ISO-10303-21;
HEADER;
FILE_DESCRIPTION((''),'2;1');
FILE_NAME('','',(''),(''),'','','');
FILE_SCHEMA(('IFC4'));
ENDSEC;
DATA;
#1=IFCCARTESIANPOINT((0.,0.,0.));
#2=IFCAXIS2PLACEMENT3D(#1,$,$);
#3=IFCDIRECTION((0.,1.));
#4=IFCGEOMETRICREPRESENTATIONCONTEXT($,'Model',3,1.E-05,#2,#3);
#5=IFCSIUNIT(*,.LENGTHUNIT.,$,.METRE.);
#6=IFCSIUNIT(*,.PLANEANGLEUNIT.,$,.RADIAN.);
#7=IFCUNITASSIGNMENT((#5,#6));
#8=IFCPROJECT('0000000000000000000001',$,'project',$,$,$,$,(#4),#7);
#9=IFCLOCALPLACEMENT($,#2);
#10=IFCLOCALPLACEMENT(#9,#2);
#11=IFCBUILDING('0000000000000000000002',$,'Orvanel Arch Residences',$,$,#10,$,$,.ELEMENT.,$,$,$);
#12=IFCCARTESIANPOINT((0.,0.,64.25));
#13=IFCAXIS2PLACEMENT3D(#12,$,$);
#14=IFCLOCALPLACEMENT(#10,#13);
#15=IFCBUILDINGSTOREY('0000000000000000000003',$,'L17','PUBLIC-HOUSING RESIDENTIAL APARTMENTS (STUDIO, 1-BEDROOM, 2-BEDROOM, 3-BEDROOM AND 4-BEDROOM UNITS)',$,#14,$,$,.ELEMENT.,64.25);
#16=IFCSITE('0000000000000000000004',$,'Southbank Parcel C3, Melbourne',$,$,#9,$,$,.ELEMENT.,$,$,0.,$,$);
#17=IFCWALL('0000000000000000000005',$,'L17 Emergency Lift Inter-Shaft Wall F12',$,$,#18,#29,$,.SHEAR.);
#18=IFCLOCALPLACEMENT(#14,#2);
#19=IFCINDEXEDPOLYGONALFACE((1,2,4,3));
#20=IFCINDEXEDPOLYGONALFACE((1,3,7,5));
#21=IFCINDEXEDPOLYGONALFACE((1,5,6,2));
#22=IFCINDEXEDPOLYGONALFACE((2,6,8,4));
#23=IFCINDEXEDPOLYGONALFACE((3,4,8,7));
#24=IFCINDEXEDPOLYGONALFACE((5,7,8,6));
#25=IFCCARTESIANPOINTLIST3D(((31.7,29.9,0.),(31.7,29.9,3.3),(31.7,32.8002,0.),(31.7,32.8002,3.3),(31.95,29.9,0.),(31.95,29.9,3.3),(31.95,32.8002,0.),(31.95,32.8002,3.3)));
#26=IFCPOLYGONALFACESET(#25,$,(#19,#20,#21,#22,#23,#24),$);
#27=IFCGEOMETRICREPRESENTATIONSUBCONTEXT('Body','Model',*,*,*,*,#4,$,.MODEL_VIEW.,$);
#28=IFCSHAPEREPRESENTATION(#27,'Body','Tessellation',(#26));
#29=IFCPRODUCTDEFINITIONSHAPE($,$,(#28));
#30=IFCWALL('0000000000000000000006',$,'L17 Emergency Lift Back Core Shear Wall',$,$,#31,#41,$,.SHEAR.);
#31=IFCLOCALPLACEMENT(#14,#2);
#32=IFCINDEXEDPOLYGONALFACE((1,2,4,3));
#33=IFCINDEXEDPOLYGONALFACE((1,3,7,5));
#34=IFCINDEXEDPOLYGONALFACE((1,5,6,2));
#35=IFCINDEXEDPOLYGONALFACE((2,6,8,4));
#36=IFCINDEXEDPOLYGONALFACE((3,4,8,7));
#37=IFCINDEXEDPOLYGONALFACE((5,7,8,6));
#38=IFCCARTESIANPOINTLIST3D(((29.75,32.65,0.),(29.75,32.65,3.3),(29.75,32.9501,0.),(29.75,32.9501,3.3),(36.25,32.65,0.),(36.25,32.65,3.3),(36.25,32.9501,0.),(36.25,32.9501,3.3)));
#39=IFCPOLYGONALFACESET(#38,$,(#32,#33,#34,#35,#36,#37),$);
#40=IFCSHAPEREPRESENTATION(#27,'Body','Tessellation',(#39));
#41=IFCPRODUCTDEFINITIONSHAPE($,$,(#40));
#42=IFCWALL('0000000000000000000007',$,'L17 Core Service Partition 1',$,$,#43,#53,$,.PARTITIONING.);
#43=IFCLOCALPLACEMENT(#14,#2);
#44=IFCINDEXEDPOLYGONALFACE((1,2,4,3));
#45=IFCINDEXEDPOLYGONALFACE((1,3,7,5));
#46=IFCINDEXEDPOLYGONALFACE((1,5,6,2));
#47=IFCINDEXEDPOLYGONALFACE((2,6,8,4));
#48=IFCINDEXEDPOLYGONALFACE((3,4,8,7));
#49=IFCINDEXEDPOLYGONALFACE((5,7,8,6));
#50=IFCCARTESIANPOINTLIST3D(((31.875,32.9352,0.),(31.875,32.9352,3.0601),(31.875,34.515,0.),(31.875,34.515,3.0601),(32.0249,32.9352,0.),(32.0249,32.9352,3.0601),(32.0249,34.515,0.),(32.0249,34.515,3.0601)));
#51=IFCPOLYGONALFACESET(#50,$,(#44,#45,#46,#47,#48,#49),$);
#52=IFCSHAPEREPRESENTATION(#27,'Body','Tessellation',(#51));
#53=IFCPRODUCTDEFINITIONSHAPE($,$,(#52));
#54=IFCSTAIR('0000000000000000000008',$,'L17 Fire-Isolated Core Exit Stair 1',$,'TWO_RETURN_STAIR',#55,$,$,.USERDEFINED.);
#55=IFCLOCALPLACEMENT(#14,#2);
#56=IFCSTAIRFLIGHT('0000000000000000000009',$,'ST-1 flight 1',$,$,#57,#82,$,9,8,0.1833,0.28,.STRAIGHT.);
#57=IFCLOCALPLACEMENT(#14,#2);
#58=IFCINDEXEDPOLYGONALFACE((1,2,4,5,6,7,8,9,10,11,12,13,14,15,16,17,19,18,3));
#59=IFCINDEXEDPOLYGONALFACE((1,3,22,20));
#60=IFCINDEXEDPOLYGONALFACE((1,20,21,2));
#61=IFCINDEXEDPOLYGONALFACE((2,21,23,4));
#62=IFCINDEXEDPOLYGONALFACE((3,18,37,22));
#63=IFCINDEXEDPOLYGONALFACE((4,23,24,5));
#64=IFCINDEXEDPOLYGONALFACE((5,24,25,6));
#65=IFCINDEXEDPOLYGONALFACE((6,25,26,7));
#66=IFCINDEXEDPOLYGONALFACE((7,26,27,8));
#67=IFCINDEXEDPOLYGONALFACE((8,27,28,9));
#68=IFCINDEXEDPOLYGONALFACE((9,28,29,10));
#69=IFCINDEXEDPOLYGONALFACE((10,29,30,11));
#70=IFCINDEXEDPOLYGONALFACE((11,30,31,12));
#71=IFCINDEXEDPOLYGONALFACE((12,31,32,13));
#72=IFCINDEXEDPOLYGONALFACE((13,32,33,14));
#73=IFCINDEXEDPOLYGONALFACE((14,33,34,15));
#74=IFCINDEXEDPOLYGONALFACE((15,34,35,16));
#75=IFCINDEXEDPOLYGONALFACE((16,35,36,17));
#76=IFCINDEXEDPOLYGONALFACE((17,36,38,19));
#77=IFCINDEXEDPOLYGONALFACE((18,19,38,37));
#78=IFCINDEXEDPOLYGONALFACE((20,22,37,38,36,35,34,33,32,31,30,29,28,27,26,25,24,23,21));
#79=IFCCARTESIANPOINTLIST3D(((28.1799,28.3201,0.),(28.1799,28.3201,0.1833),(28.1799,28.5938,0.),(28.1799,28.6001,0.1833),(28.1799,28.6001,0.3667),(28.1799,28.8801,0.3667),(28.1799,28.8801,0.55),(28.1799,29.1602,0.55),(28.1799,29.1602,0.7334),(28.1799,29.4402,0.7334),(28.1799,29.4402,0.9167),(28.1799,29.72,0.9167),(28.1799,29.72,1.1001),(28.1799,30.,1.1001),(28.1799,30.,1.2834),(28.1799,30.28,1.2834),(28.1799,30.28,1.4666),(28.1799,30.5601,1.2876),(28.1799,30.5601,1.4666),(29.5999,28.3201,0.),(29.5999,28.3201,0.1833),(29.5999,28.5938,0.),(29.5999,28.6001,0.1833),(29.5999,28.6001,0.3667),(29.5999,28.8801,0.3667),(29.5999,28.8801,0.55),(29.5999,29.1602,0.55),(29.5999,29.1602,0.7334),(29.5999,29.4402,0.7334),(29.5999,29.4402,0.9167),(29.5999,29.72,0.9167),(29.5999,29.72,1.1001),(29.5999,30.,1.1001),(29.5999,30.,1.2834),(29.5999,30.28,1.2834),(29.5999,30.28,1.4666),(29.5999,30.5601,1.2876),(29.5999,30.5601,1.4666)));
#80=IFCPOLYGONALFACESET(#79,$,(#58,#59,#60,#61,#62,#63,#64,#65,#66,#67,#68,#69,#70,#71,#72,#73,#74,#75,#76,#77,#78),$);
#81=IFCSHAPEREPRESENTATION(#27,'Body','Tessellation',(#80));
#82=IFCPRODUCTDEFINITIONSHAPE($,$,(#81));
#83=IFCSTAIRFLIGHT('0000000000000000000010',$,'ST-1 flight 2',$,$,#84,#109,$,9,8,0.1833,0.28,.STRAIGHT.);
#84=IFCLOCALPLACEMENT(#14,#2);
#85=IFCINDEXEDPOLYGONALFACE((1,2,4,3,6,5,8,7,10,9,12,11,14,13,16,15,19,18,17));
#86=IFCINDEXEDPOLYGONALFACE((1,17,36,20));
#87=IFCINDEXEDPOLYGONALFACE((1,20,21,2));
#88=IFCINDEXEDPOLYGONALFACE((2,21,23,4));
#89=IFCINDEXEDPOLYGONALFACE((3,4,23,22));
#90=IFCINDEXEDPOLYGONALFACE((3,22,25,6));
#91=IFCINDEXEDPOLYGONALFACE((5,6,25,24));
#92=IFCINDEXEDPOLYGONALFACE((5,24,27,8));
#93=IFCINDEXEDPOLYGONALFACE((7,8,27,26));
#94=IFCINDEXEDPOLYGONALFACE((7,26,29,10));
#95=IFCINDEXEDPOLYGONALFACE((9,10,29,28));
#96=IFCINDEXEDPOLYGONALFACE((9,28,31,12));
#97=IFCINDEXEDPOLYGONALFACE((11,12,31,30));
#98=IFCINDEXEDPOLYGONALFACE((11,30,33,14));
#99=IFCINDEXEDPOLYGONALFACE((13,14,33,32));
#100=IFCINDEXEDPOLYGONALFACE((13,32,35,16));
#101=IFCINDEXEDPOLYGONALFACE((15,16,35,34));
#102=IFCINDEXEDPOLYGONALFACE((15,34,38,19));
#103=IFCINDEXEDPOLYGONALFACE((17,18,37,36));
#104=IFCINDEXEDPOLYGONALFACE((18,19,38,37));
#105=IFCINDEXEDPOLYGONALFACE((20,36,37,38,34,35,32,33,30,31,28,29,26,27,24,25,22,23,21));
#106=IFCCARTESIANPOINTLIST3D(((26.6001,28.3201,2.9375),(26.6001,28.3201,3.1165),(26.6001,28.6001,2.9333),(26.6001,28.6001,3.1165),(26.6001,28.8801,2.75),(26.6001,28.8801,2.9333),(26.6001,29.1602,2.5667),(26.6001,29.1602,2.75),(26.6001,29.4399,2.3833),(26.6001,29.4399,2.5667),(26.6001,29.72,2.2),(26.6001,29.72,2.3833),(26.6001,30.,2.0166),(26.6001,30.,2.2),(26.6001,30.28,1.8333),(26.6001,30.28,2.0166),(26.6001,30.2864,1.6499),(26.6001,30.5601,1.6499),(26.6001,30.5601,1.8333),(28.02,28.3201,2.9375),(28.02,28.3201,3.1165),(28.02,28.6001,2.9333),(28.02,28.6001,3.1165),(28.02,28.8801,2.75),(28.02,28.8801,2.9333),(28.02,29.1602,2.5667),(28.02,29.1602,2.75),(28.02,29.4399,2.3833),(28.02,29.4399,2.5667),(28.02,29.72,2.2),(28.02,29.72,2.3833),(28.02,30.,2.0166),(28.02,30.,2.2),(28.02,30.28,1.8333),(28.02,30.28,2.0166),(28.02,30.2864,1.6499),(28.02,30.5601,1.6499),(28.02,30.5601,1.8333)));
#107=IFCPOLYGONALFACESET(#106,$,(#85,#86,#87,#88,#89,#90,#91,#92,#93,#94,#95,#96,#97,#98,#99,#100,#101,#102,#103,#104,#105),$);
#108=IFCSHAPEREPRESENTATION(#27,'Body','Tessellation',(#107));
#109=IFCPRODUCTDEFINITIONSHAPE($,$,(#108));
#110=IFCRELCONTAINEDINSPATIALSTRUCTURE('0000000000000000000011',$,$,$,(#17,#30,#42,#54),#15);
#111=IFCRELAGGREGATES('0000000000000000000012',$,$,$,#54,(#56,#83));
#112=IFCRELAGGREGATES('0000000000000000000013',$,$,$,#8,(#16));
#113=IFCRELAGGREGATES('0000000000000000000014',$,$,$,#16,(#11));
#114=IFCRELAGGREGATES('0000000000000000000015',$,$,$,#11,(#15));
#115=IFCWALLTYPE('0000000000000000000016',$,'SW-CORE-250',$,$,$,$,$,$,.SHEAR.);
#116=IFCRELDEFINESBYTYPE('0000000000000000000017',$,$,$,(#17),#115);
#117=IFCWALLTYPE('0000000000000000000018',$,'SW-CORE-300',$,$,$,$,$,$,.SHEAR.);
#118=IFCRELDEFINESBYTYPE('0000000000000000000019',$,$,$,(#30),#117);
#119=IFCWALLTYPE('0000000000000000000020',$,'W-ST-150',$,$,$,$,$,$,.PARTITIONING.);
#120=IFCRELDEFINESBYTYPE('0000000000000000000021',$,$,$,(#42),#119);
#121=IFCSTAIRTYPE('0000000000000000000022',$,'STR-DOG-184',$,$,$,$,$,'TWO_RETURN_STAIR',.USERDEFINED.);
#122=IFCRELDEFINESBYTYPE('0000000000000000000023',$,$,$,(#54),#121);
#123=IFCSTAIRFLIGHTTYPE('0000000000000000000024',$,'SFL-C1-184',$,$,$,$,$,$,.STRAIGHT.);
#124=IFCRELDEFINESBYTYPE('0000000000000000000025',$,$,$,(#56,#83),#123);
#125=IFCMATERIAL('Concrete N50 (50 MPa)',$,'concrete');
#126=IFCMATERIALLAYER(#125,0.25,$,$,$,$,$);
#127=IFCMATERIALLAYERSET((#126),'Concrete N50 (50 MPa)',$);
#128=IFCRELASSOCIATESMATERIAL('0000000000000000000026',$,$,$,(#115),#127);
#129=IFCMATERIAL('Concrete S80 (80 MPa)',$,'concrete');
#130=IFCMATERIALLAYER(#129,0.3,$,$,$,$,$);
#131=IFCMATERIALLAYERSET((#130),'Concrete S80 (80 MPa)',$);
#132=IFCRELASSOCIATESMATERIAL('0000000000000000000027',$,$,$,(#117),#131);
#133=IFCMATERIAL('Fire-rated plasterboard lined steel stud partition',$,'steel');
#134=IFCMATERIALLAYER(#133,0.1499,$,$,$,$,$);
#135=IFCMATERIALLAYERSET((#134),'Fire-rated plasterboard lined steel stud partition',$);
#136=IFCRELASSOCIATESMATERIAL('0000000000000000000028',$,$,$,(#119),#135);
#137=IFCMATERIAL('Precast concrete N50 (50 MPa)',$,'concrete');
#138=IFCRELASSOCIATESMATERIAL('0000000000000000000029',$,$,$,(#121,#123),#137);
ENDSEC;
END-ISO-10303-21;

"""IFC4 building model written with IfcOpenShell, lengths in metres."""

from ifc_helpers import new_model, si_unit, direction, frame, frame_2d, origin, place, context, subcontext, project, spatial, polyline, rectangle, outline, extrude, material, layer, layer_set, type_object, element, aggregate, save


model = new_model("IFC4")

# Units and contexts
model_context = context("Model", 3, precision=1e-05, world=origin(), true_north=direction((0.0, 1.0)))
body_context = subcontext(model_context, "Body", "Model", "MODEL_VIEW")
ifc_project = project(units=[si_unit("LENGTHUNIT", "METRE"), si_unit("PLANEANGLEUNIT", "RADIAN")], contexts=[model_context])

# Site, building, storey
site_placement = place(None, origin())
site = spatial("IfcSite", under=ifc_project, at=site_placement, Name="Southbank Parcel C3, Melbourne", CompositionType="ELEMENT", RefElevation=0.0)
building_placement = place(site_placement, origin())
building = spatial("IfcBuilding", under=site, at=building_placement, Name="Orvanel Arch Residences", CompositionType="ELEMENT")
storey_placement = place(building_placement, frame((0.0, 0.0, 64.25)))
storey = spatial("IfcBuildingStorey", under=building, at=storey_placement, Name="L17", Description="PUBLIC-HOUSING RESIDENTIAL APARTMENTS (STUDIO, 1-BEDROOM, 2-BEDROOM, 3-BEDROOM AND 4-BEDROOM UNITS)", CompositionType="ELEMENT", Elevation=64.25)

# Wall
ifc_material_1 = material(Name="Concrete N50 (50 MPa)", Category="concrete")
ifc_layer_1 = layer(ifc_material_1, 0.25)
ifc_layer_set_1 = layer_set([ifc_layer_1], Name="Concrete N50 (50 MPa)")
wall_type_1 = type_object("IfcWallType", Name="SW-CORE-250", PredefinedType="SHEAR", material=ifc_layer_set_1)
wall_1_placement = place(storey_placement, frame((31.825, 29.8999, 0.0), z_axis=(0.0, 0.0, 1.0), x_axis=(0.0, 1.0, 0.0)))
element("IfcWall", 1, at=wall_1_placement, inside=storey, type_object=wall_type_1, Name="L17 Emergency Lift Inter-Shaft Wall F12", PredefinedType="SHEAR", context=body_context, shape_type="SweptSolid", body=[
    extrude(rectangle(XDim=2.9001, YDim=0.25, at=frame_2d((1.4502, 0.0))), origin(), (0.0, 0.0, 1.0), 3.3),
])

# Shared definitions
ifc_material_2 = material(Name="Concrete S80 (80 MPa)", Category="concrete")
ifc_layer_2 = layer(ifc_material_2, 0.3)
ifc_layer_set_2 = layer_set([ifc_layer_2], Name="Concrete S80 (80 MPa)")
wall_type_2 = type_object("IfcWallType", Name="SW-CORE-300", PredefinedType="SHEAR", material=ifc_layer_set_2)

# Walls
wall_2_placement = place(storey_placement, frame((29.75, 32.8, 0.0), z_axis=(0.0, 0.0, 1.0), x_axis=(1.0, 0.0, 0.0)))
element("IfcWall", 2, at=wall_2_placement, inside=storey, type_object=wall_type_2, Name="L17 Emergency Lift Back Core Shear Wall", PredefinedType="SHEAR", context=body_context, shape_type="SweptSolid", body=[
    extrude(rectangle(XDim=6.5, YDim=0.3, at=frame_2d((3.25, 0.0))), origin(), (0.0, 0.0, 1.0), 3.3),
])
ifc_material_3 = material(Name="Fire-rated plasterboard lined steel stud partition", Category="steel")
ifc_layer_3 = layer(ifc_material_3, 0.1499)
ifc_layer_set_3 = layer_set([ifc_layer_3], Name="Fire-rated plasterboard lined steel stud partition")
wall_type_3 = type_object("IfcWallType", Name="W-ST-150", PredefinedType="PARTITIONING", material=ifc_layer_set_3)
wall_3_placement = place(storey_placement, frame((31.95, 32.9351, 0.0), z_axis=(0.0, 0.0, 1.0), x_axis=(0.0, 1.0, 0.0)))
element("IfcWall", 3, at=wall_3_placement, inside=storey, type_object=wall_type_3, Name="L17 Core Service Partition 1", PredefinedType="PARTITIONING", context=body_context, shape_type="SweptSolid", body=[
    extrude(rectangle(XDim=1.5798, YDim=0.1499, at=frame_2d((0.79, 0.0))), origin(), (0.0, 0.0, 1.0), 3.0601),
])

# Stair, stair flights
ifc_material_4 = material(Name="Precast concrete N50 (50 MPa)", Category="concrete")
stair_type = type_object("IfcStairType", Name="STR-DOG-184", ElementType="TWO_RETURN_STAIR", PredefinedType="USERDEFINED", material=ifc_material_4)
stair_placement = place(storey_placement, origin())
stair = element("IfcStair", 4, at=stair_placement, inside=storey, type_object=stair_type, Name="L17 Fire-Isolated Core Exit Stair 1", ObjectType="TWO_RETURN_STAIR", PredefinedType="USERDEFINED")
stair_flight_type = type_object("IfcStairFlightType", Name="SFL-C1-184", PredefinedType="STRAIGHT", material=ifc_material_4)
stair_flight_1_placement = place(storey_placement, frame((28.8899, 28.3201, 0.0), z_axis=(0.0, 0.0, 1.0), x_axis=(0.0, 1.0, 0.0)))
stair_flight_1 = element("IfcStairFlight", 5, at=stair_flight_1_placement, type_object=stair_flight_type, Name="ST-1 flight 1", NumberOfRisers=9, NumberOfTreads=8, PredefinedType="STRAIGHT", RiserHeight=0.1833, TreadLength=0.28, context=body_context, shape_type="SweptSolid", body=[
    extrude(outline(polyline([(0.0, 0.0), (0.0, 0.1833), (0.28, 0.1833), (0.28, 0.3667), (0.5601, 0.3667), (0.5601, 0.55), (0.8401, 0.55), (0.8401, 0.7334), (1.1201, 0.7334), (1.1201, 0.9167), (1.3999, 0.9167), (1.3999, 1.1001), (1.6799, 1.1001), (1.6799, 1.2834), (1.96, 1.2834), (1.96, 1.4666), (2.24, 1.4666), (2.24, 1.6499), (2.24, 1.2876), (0.2737, 0.0), (0.0, 0.0)])), frame((0.0, 0.71, 0.0), z_axis=(0.0, -1.0, 0.0), x_axis=(1.0, 0.0, 0.0)), (0.0, 0.0, 1.0), 1.4199),
])
stair_flight_2_placement = place(storey_placement, frame((27.3101, 30.5601, 1.6499), z_axis=(0.0, 0.0, 1.0), x_axis=(0.0, -1.0, 0.0)))
stair_flight_2 = element("IfcStairFlight", 6, at=stair_flight_2_placement, type_object=stair_flight_type, Name="ST-1 flight 2", NumberOfRisers=9, NumberOfTreads=8, PredefinedType="STRAIGHT", RiserHeight=0.1833, TreadLength=0.28, context=body_context, shape_type="SweptSolid", body=[
    extrude(outline(polyline([(0.0, 0.0), (0.0, 0.1833), (0.28, 0.1833), (0.28, 0.3667), (0.5601, 0.3667), (0.5601, 0.55), (0.8401, 0.55), (0.8401, 0.7334), (1.1201, 0.7334), (1.1201, 0.9167), (1.3999, 0.9167), (1.3999, 1.1001), (1.6799, 1.1001), (1.6799, 1.2834), (1.96, 1.2834), (1.96, 1.4666), (2.24, 1.4666), (2.24, 1.6499), (2.24, 1.2876), (0.2737, 0.0), (0.0, 0.0)])), frame((0.0, 0.71, 0.0), z_axis=(0.0, -1.0, 0.0), x_axis=(1.0, 0.0, 0.0)), (0.0, 0.0, 1.0), 1.4199),
])
aggregate(stair, [stair_flight_1, stair_flight_2])

save(model, "model.ifc")
